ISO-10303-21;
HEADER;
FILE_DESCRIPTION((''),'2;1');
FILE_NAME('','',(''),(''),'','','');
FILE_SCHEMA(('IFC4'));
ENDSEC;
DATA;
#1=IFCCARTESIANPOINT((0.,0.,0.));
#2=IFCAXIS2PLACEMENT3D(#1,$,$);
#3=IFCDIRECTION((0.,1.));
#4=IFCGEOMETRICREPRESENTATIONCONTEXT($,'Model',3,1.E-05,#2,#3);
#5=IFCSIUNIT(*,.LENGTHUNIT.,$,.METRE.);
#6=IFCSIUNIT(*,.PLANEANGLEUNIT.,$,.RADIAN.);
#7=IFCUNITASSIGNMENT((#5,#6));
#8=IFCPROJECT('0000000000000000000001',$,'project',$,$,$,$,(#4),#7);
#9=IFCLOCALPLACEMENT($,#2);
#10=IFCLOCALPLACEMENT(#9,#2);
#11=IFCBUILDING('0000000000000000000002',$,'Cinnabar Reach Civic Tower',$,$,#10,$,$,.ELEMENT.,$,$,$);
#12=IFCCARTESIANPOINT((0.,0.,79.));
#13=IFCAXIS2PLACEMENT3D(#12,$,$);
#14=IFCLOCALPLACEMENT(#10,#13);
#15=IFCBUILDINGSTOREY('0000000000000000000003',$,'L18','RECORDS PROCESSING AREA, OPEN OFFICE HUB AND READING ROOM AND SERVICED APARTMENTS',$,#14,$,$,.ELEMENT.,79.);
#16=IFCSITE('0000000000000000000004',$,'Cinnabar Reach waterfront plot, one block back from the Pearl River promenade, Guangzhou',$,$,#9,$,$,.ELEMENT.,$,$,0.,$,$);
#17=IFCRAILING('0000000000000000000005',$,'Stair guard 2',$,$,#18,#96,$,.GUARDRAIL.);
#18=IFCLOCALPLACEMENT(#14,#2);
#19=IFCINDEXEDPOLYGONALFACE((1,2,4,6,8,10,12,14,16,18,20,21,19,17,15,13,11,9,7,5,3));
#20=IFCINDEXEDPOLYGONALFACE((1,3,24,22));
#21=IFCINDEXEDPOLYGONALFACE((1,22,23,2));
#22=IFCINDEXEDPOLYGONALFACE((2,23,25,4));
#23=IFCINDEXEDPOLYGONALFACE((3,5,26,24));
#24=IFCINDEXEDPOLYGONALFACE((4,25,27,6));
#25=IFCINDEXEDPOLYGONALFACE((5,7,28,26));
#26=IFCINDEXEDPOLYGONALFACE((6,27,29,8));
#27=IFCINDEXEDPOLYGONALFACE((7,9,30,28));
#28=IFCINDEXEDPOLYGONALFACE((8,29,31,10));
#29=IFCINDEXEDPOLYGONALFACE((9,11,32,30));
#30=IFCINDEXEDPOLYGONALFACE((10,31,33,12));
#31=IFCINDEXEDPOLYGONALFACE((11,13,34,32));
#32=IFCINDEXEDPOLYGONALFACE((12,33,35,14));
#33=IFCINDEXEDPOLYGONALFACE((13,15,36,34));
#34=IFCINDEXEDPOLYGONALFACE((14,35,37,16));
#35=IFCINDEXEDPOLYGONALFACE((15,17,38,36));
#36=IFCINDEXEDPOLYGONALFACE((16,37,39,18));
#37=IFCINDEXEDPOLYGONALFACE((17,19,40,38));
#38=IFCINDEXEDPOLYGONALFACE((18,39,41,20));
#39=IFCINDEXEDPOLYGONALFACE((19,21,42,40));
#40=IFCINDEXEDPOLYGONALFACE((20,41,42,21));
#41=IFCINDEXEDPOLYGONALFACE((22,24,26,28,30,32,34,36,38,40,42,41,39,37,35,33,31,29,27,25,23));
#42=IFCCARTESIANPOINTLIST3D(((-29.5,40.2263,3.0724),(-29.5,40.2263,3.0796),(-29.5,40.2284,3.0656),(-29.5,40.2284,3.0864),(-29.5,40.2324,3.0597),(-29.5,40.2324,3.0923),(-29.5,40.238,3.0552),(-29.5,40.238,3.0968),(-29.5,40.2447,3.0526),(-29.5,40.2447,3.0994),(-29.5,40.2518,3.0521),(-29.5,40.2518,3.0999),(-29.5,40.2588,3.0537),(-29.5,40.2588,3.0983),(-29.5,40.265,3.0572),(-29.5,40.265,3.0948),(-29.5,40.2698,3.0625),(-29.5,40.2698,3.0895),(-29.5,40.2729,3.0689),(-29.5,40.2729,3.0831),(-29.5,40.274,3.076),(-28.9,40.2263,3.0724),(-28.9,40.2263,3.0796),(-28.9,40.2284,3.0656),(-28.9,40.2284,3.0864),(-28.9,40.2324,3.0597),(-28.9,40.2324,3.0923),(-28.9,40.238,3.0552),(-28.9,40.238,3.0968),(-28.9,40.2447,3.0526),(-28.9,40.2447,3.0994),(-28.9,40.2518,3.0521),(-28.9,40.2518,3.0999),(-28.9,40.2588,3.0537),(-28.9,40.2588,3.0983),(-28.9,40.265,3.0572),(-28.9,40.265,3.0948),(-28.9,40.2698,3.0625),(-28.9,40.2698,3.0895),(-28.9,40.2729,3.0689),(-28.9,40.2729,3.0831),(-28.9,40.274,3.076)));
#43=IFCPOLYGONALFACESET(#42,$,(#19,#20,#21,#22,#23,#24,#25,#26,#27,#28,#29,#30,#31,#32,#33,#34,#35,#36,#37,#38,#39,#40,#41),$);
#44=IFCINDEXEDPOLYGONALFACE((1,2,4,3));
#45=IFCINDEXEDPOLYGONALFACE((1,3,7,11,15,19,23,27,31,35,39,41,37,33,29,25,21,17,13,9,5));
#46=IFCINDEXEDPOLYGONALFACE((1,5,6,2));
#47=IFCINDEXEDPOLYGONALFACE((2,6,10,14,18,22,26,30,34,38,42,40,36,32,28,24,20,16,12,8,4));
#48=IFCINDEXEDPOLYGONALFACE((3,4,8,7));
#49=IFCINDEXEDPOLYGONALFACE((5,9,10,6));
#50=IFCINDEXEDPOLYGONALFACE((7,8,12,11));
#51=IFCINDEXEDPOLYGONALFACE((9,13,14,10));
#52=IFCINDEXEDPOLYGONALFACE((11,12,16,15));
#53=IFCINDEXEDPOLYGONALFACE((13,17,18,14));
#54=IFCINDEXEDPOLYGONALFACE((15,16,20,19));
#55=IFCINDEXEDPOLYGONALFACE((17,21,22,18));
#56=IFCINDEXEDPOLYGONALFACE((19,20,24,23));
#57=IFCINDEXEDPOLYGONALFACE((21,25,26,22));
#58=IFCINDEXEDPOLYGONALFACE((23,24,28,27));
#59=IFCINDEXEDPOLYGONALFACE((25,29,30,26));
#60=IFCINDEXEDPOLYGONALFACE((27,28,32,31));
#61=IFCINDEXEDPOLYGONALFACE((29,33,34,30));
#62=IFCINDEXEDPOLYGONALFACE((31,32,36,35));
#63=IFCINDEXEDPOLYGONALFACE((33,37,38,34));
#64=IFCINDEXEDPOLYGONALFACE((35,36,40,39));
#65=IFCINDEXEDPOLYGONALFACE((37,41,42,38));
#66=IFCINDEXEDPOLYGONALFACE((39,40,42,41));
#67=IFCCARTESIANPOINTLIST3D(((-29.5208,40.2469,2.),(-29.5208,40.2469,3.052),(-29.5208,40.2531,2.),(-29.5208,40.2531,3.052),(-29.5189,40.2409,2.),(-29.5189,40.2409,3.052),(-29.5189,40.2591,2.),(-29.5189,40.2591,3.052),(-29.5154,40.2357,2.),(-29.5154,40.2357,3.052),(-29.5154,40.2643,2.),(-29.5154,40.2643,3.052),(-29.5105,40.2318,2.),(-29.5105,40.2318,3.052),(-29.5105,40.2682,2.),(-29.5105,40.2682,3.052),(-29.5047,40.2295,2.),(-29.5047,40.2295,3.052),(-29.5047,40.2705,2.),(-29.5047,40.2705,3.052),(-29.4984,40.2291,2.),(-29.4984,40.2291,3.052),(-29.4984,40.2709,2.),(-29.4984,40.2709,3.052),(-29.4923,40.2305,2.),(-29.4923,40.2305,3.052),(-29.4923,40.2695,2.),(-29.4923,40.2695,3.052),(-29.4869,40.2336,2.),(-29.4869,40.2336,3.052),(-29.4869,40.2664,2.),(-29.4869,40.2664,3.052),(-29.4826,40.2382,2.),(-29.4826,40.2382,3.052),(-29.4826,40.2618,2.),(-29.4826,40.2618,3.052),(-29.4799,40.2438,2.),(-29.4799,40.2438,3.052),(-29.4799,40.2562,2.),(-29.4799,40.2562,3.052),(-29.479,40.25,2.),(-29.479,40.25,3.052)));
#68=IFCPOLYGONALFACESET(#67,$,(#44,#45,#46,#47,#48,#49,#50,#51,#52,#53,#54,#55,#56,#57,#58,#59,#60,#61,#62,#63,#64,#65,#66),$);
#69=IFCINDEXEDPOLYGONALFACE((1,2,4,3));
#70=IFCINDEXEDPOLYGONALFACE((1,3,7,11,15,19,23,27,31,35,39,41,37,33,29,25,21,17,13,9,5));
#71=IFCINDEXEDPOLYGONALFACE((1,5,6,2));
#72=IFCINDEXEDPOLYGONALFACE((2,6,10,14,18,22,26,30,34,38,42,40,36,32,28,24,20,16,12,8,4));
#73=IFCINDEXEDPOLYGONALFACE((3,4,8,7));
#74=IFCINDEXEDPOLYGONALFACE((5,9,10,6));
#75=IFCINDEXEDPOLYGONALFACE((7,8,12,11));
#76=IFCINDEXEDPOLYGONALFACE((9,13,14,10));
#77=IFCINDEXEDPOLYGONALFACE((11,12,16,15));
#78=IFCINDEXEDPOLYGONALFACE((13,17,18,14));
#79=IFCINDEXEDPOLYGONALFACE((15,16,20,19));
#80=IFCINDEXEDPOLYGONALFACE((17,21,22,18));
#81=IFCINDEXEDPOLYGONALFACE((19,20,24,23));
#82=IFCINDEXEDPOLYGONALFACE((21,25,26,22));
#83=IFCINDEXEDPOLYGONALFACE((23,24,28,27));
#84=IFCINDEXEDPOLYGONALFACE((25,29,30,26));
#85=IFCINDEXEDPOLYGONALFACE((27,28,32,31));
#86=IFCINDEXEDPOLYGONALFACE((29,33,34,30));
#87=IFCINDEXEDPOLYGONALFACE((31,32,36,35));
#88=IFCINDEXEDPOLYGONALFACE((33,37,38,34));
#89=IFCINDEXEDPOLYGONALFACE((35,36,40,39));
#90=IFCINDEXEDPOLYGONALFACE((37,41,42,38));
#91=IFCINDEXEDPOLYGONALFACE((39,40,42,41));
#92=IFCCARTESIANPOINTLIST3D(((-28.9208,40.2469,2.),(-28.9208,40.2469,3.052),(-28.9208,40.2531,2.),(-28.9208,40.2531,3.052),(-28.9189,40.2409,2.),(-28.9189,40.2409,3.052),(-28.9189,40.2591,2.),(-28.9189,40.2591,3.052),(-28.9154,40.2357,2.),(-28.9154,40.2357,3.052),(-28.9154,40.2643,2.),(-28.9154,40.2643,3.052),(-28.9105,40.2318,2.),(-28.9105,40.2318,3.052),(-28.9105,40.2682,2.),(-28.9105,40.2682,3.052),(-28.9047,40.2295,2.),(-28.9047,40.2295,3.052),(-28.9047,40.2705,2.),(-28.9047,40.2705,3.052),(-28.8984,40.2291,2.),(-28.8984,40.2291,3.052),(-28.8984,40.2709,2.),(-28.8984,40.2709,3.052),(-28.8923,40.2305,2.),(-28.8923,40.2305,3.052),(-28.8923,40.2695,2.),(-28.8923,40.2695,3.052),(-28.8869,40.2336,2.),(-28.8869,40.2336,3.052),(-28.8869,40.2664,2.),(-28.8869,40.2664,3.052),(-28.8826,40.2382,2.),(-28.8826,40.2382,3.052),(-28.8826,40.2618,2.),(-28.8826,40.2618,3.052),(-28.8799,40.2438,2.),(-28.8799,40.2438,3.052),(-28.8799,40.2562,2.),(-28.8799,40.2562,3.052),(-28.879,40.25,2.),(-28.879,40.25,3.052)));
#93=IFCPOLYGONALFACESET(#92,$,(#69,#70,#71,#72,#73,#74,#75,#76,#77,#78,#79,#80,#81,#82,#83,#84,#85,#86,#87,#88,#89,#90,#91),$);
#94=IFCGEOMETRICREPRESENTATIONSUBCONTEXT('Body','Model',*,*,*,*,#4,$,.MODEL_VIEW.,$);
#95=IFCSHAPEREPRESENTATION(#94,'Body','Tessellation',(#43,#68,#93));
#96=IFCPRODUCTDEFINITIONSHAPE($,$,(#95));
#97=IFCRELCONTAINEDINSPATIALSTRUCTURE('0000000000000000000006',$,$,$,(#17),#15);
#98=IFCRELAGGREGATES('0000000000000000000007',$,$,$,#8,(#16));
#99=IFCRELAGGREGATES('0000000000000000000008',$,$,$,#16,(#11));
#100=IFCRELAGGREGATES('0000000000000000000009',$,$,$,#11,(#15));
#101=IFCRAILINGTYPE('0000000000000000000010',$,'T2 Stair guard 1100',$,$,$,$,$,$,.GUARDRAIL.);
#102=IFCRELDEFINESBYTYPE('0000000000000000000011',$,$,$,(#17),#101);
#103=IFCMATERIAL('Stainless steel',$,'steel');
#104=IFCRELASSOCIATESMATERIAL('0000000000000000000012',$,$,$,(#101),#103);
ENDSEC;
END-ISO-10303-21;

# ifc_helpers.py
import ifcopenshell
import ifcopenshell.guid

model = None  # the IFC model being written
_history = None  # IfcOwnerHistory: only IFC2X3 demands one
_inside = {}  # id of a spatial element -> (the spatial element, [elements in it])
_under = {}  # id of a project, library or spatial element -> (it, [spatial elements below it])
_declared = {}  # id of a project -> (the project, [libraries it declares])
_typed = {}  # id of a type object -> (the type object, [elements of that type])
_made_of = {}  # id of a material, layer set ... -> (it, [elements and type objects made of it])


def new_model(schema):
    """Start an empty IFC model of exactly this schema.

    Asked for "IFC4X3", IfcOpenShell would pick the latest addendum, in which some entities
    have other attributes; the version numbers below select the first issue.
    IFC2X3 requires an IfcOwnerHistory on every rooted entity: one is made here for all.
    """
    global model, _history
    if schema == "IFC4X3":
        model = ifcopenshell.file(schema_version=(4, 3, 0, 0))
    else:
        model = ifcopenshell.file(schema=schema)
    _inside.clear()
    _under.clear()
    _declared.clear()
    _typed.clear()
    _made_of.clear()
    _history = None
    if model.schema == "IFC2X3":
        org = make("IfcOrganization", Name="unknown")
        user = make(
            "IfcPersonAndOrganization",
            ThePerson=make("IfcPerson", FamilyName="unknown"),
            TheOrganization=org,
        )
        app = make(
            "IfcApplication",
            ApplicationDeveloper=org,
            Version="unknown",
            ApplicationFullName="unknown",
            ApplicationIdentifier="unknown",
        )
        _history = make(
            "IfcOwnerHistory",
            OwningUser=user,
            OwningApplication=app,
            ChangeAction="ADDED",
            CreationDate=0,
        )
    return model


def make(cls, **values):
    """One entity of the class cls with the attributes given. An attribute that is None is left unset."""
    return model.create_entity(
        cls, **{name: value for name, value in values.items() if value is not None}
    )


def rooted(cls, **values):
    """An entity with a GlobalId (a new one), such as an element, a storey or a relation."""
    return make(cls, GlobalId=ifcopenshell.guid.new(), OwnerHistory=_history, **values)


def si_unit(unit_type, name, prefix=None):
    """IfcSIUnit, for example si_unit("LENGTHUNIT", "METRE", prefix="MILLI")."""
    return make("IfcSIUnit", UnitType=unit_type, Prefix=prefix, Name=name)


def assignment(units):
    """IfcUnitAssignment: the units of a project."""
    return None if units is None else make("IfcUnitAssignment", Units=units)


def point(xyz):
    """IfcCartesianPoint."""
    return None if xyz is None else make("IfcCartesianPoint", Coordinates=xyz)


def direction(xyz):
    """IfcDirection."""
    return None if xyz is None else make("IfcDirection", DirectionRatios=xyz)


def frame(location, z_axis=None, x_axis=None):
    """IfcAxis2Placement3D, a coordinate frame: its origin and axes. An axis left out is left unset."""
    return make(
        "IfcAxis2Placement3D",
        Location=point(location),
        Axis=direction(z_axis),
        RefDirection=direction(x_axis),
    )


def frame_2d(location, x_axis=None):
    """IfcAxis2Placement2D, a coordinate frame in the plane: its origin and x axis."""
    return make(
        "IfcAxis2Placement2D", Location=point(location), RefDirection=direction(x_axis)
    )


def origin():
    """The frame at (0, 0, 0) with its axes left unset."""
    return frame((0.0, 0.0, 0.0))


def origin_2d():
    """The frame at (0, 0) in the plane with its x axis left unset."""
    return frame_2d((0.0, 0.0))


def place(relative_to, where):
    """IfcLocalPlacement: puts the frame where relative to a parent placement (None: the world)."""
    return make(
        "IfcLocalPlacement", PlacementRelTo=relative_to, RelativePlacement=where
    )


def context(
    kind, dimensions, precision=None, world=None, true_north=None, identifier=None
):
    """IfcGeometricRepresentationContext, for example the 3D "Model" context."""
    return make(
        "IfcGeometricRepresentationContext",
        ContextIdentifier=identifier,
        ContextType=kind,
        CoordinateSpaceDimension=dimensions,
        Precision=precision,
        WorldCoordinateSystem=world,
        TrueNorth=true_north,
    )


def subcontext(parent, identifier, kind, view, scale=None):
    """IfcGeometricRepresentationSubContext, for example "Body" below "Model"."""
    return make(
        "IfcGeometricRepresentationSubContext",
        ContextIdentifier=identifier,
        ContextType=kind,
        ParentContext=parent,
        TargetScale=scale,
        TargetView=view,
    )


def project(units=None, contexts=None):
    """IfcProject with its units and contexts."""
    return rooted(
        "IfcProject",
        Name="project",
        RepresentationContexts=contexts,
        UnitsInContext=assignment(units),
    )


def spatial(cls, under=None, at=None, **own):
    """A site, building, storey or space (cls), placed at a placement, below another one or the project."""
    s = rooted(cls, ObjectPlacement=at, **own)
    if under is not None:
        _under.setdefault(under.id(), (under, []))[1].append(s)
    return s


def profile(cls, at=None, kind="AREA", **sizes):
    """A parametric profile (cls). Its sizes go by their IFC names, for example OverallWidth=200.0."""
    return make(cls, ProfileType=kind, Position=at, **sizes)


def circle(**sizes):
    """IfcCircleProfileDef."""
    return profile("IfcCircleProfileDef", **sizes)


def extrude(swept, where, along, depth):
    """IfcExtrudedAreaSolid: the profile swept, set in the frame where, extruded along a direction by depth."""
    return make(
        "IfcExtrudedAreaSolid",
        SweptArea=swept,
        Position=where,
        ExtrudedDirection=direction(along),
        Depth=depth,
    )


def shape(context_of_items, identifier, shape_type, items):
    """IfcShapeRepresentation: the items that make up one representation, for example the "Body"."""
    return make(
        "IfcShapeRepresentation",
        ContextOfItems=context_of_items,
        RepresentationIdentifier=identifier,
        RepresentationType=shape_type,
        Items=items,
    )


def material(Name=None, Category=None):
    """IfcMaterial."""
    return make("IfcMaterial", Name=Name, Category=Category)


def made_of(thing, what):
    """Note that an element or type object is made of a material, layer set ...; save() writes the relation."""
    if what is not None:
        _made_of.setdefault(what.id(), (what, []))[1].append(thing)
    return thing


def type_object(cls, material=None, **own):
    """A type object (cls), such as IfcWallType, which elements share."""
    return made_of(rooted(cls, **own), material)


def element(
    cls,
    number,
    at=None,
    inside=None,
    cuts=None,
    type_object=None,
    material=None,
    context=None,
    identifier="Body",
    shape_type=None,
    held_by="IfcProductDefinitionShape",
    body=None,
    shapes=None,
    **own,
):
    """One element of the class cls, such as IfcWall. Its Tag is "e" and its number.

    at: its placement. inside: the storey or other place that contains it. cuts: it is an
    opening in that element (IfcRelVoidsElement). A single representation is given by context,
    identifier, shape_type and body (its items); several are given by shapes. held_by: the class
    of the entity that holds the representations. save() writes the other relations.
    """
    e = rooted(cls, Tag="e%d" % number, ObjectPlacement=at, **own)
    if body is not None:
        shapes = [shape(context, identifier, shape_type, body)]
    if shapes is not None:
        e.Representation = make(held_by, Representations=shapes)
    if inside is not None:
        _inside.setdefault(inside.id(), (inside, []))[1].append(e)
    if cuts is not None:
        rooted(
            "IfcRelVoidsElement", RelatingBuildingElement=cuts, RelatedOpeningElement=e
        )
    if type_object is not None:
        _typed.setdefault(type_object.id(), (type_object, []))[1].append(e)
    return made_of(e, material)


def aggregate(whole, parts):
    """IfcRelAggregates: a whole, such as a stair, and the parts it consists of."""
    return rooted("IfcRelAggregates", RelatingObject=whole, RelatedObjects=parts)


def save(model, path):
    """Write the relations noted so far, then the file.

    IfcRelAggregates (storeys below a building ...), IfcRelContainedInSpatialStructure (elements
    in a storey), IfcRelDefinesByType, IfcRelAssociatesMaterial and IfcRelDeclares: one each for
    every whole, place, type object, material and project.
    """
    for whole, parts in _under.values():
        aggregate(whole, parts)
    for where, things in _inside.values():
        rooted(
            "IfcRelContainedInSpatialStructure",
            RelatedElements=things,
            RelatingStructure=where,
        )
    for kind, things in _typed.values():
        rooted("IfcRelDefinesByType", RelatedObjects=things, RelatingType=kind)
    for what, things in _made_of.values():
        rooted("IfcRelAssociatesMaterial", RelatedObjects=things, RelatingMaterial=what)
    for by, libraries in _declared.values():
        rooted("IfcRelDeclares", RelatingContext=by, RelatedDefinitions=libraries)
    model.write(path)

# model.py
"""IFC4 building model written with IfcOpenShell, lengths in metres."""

from ifc_helpers import new_model, si_unit, direction, frame, origin, origin_2d, place, context, subcontext, project, spatial, circle, extrude, material, type_object, element, save


model = new_model("IFC4")

# Units and contexts
model_context = context("Model", 3, precision=1e-05, world=origin(), true_north=direction((0.0, 1.0)))
body_context = subcontext(model_context, "Body", "Model", "MODEL_VIEW")
ifc_project = project(units=[si_unit("LENGTHUNIT", "METRE"), si_unit("PLANEANGLEUNIT", "RADIAN")], contexts=[model_context])

# Site, building, storey
site_placement = place(None, origin())
site = spatial("IfcSite", under=ifc_project, at=site_placement, Name="Cinnabar Reach waterfront plot, one block back from the Pearl River promenade, Guangzhou", CompositionType="ELEMENT", RefElevation=0.0)
building_placement = place(site_placement, origin())
building = spatial("IfcBuilding", under=site, at=building_placement, Name="Cinnabar Reach Civic Tower", CompositionType="ELEMENT")
storey_placement = place(building_placement, frame((0.0, 0.0, 79.0)))
storey = spatial("IfcBuildingStorey", under=building, at=storey_placement, Name="L18", Description="RECORDS PROCESSING AREA, OPEN OFFICE HUB AND READING ROOM AND SERVICED APARTMENTS", CompositionType="ELEMENT", Elevation=79.0)

# Railing
ifc_material_1 = material(Name="Stainless steel", Category="steel")
railing_type_1 = type_object("IfcRailingType", Name="T2 Stair guard 1100", PredefinedType="GUARDRAIL", material=ifc_material_1)
railing_1_placement = place(storey_placement, frame((-29.5, 40.25, 2.0)))
element("IfcRailing", 1, at=railing_1_placement, inside=storey, type_object=railing_type_1, Name="Stair guard 2", PredefinedType="GUARDRAIL", context=body_context, shape_type="SweptSolid", body=[
    extrude(circle(Radius=0.024, at=origin_2d()), frame((0.0, 0.0, 1.076), z_axis=(1.0, 0.0, 0.0), x_axis=(0.0, 1.0, 0.0)), (0.0, 0.0, 1.0), 0.6),
    extrude(circle(Radius=0.021, at=origin_2d()), origin(), (0.0, 0.0, 1.0), 1.052),
    extrude(circle(Radius=0.021, at=origin_2d()), frame((0.6, 0.0, 0.0)), (0.0, 0.0, 1.0), 1.052),
])

save(model, "model.ifc")
